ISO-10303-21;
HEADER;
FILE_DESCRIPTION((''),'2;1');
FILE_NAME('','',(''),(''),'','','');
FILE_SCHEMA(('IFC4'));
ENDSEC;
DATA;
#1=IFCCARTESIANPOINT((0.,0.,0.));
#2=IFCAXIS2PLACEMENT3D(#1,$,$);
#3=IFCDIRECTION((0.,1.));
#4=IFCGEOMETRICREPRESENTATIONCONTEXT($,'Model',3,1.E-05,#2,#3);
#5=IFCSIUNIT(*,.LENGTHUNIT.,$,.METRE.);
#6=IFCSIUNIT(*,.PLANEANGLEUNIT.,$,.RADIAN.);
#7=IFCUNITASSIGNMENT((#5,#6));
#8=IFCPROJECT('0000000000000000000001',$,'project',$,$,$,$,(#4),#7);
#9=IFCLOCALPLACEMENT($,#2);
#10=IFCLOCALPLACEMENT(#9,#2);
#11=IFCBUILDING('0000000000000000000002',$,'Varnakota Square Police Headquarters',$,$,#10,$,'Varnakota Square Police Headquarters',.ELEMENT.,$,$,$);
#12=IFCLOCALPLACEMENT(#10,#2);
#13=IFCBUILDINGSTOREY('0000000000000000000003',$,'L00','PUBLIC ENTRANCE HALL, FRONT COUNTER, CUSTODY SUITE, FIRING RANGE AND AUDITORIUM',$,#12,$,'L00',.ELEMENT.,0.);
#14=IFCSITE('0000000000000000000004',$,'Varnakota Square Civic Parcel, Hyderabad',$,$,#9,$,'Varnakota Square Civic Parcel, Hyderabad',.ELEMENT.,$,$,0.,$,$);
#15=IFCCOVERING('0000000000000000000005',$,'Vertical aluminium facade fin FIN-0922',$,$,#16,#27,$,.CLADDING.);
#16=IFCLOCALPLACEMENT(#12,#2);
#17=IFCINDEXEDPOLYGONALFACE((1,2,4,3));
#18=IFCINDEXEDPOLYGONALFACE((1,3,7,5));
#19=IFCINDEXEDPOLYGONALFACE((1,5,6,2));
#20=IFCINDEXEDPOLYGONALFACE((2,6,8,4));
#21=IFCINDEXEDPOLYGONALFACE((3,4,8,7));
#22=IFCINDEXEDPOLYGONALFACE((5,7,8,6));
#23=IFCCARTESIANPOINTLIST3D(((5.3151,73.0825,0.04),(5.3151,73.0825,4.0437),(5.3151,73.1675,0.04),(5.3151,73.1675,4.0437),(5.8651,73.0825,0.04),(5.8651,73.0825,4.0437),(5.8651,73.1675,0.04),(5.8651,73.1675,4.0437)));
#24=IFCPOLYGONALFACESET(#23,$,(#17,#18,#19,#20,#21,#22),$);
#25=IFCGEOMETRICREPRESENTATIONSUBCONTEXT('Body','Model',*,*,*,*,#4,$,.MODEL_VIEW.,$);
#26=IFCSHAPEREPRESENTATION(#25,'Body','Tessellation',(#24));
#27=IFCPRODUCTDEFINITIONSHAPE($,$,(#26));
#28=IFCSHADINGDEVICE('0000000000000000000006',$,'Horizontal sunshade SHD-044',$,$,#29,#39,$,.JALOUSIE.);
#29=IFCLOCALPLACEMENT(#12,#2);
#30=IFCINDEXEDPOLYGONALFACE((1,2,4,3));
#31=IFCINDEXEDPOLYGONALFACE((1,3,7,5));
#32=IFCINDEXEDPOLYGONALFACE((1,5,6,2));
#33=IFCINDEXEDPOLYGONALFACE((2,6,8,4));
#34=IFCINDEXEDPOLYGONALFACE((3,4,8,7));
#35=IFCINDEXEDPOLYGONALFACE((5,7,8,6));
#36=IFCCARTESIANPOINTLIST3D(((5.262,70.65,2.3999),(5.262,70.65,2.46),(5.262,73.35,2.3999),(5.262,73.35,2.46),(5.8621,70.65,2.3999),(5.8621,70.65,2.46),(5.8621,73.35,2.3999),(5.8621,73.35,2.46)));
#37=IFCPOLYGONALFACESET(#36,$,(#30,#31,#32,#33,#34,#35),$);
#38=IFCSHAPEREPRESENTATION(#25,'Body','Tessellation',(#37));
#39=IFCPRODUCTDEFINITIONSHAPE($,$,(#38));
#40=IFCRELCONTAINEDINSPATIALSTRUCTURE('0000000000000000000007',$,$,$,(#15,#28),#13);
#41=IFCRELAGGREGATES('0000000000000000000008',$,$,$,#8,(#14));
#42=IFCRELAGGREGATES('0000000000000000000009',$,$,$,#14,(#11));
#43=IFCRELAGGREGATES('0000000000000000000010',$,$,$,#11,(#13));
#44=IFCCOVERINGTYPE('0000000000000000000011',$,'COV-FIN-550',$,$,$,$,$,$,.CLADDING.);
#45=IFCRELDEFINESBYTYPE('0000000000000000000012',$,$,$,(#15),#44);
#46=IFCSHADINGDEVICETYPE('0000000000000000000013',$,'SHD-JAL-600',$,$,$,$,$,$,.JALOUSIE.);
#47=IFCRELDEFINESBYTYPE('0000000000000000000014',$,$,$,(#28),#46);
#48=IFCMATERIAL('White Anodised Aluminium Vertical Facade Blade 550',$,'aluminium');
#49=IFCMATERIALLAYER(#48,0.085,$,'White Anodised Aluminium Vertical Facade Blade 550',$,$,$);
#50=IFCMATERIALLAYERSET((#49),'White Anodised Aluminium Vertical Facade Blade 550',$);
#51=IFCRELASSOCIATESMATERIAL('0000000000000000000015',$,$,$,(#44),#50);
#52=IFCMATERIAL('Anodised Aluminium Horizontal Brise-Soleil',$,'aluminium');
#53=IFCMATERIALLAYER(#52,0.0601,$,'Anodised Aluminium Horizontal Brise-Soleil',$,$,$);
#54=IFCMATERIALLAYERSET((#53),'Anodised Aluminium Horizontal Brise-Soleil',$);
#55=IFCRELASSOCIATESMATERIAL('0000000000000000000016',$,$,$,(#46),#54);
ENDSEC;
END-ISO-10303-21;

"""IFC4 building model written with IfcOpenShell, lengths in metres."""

from ifc_helpers import new_model, si_unit, direction, frame, origin, origin_2d, place, context, subcontext, project, spatial, rectangle, extrude, material, layer, layer_set, type_object, element, save


model = new_model("IFC4")

# Units and contexts
model_context = context("Model", 3, precision=1e-05, world=origin(), true_north=direction((0.0, 1.0)))
body_context = subcontext(model_context, "Body", "Model", "MODEL_VIEW")
ifc_project = project(units=[si_unit("LENGTHUNIT", "METRE"), si_unit("PLANEANGLEUNIT", "RADIAN")], contexts=[model_context])

# Site, building, storey
site_placement = place(None, origin())
site = spatial("IfcSite", under=ifc_project, at=site_placement, Name="Varnakota Square Civic Parcel, Hyderabad", LongName="Varnakota Square Civic Parcel, Hyderabad", CompositionType="ELEMENT", RefElevation=0.0)
building_placement = place(site_placement, origin())
building = spatial("IfcBuilding", under=site, at=building_placement, Name="Varnakota Square Police Headquarters", LongName="Varnakota Square Police Headquarters", CompositionType="ELEMENT")
storey_placement = place(building_placement, origin())
storey = spatial("IfcBuildingStorey", under=building, at=storey_placement, Name="L00", Description="PUBLIC ENTRANCE HALL, FRONT COUNTER, CUSTODY SUITE, FIRING RANGE AND AUDITORIUM", LongName="L00", CompositionType="ELEMENT", Elevation=0.0)

# Covering
ifc_material_1 = material(Name="White Anodised Aluminium Vertical Facade Blade 550", Category="aluminium")
ifc_layer_1 = layer(ifc_material_1, 0.085, Name="White Anodised Aluminium Vertical Facade Blade 550")
ifc_layer_set_1 = layer_set([ifc_layer_1], Name="White Anodised Aluminium Vertical Facade Blade 550")
covering_type_1 = type_object("IfcCoveringType", Name="COV-FIN-550", PredefinedType="CLADDING", material=ifc_layer_set_1)
covering_1_placement = place(storey_placement, frame((5.5901, 73.125, 0.04), z_axis=(0.0, 0.0, 1.0), x_axis=(0.0, 1.0, 0.0)))
element("IfcCovering", 1, at=covering_1_placement, inside=storey, type_object=covering_type_1, Name="Vertical aluminium facade fin FIN-0922", PredefinedType="CLADDING", context=body_context, shape_type="SweptSolid", body=[
    extrude(rectangle(XDim=0.085, YDim=0.55, at=origin_2d()), origin(), (0.0, 0.0, 1.0), 4.0037),
])

# Shading device
ifc_material_2 = material(Name="Anodised Aluminium Horizontal Brise-Soleil", Category="aluminium")
ifc_layer_2 = layer(ifc_material_2, 0.0601, Name="Anodised Aluminium Horizontal Brise-Soleil")
ifc_layer_set_2 = layer_set([ifc_layer_2], Name="Anodised Aluminium Horizontal Brise-Soleil")
shading_device_type = type_object("IfcShadingDeviceType", Name="SHD-JAL-600", PredefinedType="JALOUSIE", material=ifc_layer_set_2)
shading_device_placement = place(storey_placement, frame((5.562, 72.0, 2.3999), z_axis=(0.0, 0.0, 1.0), x_axis=(0.0, 1.0, 0.0)))
element("IfcShadingDevice", 2, at=shading_device_placement, inside=storey, type_object=shading_device_type, Name="Horizontal sunshade SHD-044", PredefinedType="JALOUSIE", context=body_context, shape_type="SweptSolid", body=[
    extrude(rectangle(XDim=2.7, YDim=0.6001, at=origin_2d()), origin(), (0.0, 0.0, 1.0), 0.0601),
])

save(model, "model.ifc")
